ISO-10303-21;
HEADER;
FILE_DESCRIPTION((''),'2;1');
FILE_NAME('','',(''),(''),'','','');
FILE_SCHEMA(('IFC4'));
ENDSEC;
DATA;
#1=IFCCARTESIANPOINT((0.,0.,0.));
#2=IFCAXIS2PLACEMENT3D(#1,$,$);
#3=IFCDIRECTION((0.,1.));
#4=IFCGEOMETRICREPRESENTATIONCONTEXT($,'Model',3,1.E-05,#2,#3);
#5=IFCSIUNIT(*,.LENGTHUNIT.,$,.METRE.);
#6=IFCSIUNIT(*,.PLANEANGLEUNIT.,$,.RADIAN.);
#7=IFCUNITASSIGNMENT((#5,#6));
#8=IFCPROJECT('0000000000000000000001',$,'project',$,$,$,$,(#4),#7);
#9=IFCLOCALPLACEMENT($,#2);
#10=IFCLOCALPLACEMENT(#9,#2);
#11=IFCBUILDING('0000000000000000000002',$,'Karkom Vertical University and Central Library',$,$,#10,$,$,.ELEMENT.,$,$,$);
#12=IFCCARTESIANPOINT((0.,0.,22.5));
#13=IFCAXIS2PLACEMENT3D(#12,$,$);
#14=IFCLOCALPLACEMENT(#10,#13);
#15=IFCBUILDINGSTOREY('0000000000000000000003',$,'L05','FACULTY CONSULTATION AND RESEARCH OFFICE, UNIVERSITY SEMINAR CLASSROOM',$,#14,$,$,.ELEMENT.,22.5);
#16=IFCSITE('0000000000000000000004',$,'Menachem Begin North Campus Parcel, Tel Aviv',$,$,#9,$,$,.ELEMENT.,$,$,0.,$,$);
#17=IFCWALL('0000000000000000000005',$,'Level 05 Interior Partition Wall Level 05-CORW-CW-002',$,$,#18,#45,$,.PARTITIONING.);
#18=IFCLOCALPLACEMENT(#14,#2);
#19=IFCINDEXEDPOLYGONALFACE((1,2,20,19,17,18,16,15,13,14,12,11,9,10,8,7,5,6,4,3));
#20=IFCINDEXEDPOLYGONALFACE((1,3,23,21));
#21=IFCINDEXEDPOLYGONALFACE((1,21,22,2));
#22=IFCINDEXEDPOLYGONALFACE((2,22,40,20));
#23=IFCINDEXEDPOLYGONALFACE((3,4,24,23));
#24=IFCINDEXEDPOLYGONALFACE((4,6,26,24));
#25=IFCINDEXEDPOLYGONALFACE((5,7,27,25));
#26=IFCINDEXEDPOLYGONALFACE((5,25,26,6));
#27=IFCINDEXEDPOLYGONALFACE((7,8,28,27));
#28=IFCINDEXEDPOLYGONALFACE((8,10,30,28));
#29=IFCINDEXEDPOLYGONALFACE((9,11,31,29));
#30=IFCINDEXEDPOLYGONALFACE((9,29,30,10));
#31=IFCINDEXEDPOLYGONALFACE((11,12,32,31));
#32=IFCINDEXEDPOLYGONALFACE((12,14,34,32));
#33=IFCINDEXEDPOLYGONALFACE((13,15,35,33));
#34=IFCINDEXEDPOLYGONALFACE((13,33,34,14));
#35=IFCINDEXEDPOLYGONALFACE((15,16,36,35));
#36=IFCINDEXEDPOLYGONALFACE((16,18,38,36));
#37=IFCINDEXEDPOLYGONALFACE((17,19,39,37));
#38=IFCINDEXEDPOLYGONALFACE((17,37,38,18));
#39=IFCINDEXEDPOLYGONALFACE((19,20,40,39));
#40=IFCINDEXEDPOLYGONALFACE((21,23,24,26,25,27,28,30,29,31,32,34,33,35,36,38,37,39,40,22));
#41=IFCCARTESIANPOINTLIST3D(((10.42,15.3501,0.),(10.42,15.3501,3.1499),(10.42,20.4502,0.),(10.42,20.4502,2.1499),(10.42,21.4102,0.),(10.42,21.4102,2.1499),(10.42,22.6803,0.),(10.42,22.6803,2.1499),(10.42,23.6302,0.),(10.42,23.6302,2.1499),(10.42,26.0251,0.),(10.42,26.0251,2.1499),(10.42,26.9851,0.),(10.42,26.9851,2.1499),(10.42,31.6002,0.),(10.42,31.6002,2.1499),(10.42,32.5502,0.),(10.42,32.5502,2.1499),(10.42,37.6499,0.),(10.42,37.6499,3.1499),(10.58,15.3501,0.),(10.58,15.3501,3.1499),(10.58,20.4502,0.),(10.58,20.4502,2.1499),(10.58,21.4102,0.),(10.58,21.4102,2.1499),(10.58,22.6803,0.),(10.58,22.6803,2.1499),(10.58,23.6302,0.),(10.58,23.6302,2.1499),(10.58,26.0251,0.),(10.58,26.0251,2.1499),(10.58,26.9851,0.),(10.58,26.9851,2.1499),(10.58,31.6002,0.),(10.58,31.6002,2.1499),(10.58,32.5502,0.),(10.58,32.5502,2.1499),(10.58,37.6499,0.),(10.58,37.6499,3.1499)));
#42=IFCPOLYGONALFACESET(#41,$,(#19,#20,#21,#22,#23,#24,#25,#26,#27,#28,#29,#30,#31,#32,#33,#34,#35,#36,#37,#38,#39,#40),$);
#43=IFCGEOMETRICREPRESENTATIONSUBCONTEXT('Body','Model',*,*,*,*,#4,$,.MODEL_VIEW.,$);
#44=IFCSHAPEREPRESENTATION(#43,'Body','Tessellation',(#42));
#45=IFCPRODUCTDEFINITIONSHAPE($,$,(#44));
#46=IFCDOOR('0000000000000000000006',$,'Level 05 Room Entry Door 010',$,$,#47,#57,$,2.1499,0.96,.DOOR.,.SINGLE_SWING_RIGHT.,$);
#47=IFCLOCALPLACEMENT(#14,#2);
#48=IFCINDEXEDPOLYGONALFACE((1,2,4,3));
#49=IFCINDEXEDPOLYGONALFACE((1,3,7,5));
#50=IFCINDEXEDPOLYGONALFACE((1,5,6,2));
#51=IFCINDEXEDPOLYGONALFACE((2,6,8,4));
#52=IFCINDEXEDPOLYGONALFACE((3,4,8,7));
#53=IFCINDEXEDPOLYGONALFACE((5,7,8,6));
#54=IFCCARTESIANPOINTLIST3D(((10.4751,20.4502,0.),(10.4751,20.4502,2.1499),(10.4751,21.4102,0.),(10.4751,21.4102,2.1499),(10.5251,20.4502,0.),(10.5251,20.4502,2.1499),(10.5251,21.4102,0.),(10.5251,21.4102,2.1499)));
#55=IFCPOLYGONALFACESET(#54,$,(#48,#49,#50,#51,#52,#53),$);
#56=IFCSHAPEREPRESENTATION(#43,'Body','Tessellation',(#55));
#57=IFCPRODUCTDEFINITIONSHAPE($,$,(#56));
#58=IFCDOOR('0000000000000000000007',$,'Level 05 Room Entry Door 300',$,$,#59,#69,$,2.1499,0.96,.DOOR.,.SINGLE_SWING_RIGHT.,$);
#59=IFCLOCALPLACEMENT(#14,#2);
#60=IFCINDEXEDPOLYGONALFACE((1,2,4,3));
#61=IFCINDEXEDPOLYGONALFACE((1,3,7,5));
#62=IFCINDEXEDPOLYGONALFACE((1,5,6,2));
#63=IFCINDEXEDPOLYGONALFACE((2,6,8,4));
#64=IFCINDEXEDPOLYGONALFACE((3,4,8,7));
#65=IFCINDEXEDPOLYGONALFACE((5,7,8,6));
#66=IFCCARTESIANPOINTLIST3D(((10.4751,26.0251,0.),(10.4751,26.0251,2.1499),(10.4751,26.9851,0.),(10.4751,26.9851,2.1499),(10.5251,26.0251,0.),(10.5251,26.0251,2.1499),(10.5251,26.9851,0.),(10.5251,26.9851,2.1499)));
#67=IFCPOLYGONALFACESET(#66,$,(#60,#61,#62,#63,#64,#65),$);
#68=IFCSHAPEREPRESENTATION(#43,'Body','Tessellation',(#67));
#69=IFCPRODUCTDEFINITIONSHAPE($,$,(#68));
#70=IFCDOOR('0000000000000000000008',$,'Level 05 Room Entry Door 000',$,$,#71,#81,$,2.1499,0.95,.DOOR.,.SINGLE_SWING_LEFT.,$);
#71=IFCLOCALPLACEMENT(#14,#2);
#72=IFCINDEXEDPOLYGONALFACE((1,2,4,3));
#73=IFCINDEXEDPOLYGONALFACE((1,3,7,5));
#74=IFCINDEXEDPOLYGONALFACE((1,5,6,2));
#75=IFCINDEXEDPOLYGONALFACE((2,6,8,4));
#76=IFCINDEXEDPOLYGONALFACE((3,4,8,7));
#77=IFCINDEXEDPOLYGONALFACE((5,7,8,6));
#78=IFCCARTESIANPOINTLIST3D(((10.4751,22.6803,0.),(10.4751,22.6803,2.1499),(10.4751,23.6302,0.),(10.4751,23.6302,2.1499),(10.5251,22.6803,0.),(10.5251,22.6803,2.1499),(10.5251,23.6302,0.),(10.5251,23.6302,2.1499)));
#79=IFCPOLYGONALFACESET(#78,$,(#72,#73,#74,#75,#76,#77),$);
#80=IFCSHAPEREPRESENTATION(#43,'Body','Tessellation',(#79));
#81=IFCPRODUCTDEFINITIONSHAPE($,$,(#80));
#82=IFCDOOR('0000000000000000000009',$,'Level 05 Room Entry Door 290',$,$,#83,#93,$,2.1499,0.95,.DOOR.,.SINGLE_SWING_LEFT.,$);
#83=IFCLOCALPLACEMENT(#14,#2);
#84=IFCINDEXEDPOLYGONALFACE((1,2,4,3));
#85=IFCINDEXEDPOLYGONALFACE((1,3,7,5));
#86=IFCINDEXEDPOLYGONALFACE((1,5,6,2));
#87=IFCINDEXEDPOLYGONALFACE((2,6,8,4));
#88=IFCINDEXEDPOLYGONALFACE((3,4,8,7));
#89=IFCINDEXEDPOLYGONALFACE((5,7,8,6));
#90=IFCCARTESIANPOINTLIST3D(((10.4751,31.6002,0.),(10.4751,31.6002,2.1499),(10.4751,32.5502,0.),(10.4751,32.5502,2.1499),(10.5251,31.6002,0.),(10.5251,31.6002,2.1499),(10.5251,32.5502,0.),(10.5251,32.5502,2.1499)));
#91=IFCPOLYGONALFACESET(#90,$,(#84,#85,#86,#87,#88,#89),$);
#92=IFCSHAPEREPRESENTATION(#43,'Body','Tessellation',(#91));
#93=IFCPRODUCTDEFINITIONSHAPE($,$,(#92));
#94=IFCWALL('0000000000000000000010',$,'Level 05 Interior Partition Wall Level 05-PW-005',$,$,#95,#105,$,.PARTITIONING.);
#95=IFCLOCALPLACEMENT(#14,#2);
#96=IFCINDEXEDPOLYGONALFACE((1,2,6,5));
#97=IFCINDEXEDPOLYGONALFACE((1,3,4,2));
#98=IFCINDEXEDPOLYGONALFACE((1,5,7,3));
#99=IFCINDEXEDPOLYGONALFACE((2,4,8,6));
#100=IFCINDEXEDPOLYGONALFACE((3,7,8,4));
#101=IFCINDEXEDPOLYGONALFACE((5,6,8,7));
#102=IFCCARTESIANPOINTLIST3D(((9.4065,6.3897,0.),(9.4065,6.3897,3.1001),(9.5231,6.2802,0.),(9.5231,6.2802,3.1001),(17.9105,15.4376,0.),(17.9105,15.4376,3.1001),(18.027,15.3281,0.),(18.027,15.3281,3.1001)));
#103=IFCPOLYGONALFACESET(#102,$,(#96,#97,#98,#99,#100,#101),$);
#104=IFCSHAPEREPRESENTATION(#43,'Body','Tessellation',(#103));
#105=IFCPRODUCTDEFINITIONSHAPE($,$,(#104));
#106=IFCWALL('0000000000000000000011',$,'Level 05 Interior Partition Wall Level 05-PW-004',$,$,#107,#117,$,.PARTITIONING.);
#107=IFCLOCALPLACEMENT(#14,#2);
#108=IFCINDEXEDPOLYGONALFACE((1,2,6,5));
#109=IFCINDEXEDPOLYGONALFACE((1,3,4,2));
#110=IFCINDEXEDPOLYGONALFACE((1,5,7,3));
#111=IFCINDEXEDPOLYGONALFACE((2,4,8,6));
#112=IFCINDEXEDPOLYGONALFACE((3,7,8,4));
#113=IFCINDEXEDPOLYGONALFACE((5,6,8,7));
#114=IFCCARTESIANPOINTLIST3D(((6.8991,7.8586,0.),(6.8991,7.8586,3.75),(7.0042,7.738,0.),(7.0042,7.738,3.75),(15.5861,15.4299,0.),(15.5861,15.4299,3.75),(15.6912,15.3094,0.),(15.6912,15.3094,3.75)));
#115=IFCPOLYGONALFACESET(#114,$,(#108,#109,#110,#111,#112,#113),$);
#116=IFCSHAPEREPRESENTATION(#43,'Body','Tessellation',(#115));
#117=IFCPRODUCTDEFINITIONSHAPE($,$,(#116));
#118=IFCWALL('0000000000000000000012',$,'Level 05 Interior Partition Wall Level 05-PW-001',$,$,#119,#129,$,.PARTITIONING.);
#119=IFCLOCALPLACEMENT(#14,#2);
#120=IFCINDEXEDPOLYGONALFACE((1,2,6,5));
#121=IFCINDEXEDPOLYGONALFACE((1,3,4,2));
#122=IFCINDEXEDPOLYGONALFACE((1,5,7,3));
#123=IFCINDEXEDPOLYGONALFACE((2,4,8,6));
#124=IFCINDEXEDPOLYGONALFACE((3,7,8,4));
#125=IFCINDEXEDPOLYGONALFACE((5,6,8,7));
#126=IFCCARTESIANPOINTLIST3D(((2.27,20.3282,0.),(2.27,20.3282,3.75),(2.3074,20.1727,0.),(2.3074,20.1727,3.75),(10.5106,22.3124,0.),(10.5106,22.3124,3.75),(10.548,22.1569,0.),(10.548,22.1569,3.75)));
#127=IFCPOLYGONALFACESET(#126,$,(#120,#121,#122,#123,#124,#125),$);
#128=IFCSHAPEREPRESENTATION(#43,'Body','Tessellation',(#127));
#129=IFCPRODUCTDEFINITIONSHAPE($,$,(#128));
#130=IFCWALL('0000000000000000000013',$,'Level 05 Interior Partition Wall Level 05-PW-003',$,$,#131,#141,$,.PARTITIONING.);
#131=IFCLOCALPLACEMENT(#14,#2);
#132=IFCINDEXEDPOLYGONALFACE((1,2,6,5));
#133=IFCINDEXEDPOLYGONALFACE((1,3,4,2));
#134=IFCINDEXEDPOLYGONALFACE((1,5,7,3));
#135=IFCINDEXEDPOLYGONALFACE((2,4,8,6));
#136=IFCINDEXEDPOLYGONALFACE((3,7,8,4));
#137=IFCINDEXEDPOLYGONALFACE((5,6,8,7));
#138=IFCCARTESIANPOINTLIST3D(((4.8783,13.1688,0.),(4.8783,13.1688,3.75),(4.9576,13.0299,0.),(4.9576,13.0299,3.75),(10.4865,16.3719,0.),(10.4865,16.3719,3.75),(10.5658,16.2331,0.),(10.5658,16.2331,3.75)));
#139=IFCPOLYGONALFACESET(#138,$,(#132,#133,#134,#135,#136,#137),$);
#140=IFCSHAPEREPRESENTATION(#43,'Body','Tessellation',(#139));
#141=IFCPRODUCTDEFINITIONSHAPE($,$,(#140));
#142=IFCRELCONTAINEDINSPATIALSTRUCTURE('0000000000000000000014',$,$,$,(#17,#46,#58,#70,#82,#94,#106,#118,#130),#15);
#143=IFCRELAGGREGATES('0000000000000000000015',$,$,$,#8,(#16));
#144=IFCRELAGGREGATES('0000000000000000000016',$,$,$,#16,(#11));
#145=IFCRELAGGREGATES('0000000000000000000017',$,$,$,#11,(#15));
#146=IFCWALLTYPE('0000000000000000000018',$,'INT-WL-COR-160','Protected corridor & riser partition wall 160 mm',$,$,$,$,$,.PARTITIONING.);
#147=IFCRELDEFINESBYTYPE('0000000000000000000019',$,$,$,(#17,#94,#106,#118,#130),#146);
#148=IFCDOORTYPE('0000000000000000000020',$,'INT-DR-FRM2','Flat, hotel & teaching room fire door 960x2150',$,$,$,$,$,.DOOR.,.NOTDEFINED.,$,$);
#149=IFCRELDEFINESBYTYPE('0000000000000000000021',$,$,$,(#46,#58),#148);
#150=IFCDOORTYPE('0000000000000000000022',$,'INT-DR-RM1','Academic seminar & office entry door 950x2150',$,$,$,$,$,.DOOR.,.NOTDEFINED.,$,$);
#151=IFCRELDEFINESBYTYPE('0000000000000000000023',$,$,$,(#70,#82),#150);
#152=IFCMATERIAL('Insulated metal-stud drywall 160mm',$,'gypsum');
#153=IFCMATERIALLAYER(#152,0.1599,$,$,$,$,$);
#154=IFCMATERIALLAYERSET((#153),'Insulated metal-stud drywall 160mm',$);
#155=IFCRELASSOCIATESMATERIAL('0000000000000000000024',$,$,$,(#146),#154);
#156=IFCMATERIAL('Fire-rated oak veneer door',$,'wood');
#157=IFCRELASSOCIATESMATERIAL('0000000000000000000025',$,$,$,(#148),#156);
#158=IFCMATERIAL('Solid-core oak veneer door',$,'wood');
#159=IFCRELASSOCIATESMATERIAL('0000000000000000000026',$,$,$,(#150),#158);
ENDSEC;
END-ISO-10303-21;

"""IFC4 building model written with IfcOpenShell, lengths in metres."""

from ifc_helpers import new_model, si_unit, direction, frame, frame_2d, origin, origin_with_axes, place, context, subcontext, project, spatial, rectangle, extrude, source, transform, mapped, material, layer, layer_set, type_object, element, fill, save


model = new_model("IFC4")

# Units and contexts
model_context = context("Model", 3, precision=1e-05, world=origin(), true_north=direction((0.0, 1.0)))
body_context = subcontext(model_context, "Body", "Model", "MODEL_VIEW")
ifc_project = project(units=[si_unit("LENGTHUNIT", "METRE"), si_unit("PLANEANGLEUNIT", "RADIAN")], contexts=[model_context])

# Site, building, storey
site_placement = place(None, origin())
site = spatial("IfcSite", under=ifc_project, at=site_placement, Name="Menachem Begin North Campus Parcel, Tel Aviv", CompositionType="ELEMENT", RefElevation=0.0)
building_placement = place(site_placement, origin())
building = spatial("IfcBuilding", under=site, at=building_placement, Name="Karkom Vertical University and Central Library", CompositionType="ELEMENT")
storey_placement = place(building_placement, frame((0.0, 0.0, 22.5)))
storey = spatial("IfcBuildingStorey", under=building, at=storey_placement, Name="L05", Description="FACULTY CONSULTATION AND RESEARCH OFFICE, UNIVERSITY SEMINAR CLASSROOM", CompositionType="ELEMENT", Elevation=22.5)

# Wall, openings, doors
ifc_material_1 = material(Name="Insulated metal-stud drywall 160mm", Category="gypsum")
ifc_layer_1 = layer(ifc_material_1, 0.1599)
ifc_layer_set_1 = layer_set([ifc_layer_1], Name="Insulated metal-stud drywall 160mm")
wall_type_1 = type_object("IfcWallType", Name="INT-WL-COR-160", Description="Protected corridor & riser partition wall 160 mm", PredefinedType="PARTITIONING", material=ifc_layer_set_1)
wall_1_placement = place(storey_placement, frame((10.5, 15.3501, 0.0), z_axis=(0.0, 0.0, 1.0), x_axis=(0.0, 1.0, 0.0)))
wall_1 = element("IfcWall", 1, at=wall_1_placement, inside=storey, type_object=wall_type_1, Name="Level 05 Interior Partition Wall Level 05-CORW-CW-002", PredefinedType="PARTITIONING", context=body_context, shape_type="SweptSolid", body=[
    extrude(rectangle(XDim=22.2998, YDim=0.1599, at=frame_2d((11.1499, 0.0))), origin(), (0.0, 0.0, 1.0), 3.1499),
])
opening_1_placement = place(wall_1_placement, frame((7.3301, 0.0, 0.0)))
opening_1 = element("IfcOpeningElement", 2, at=opening_1_placement, cuts=wall_1, PredefinedType="OPENING", context=body_context, shape_type="SweptSolid", body=[
    extrude(rectangle(XDim=0.95, YDim=2.1499, at=frame_2d((0.4751, 1.075))), frame((0.0, 0.0898, 0.0), z_axis=(0.0, -1.0, 0.0), x_axis=(1.0, 0.0, 0.0)), (0.0, 0.0, 1.0), 0.1799),
])
opening_2_placement = place(wall_1_placement, frame((5.1001, 0.0, 0.0)))
opening_2 = element("IfcOpeningElement", 3, at=opening_2_placement, cuts=wall_1, PredefinedType="OPENING", context=body_context, shape_type="SweptSolid", body=[
    extrude(rectangle(XDim=0.96, YDim=2.1499, at=frame_2d((0.48, 1.075))), frame((0.0, 0.0898, 0.0), z_axis=(0.0, -1.0, 0.0), x_axis=(1.0, 0.0, 0.0)), (0.0, 0.0, 1.0), 0.1799),
])
opening_3_placement = place(wall_1_placement, frame((16.25, 0.0, 0.0)))
opening_3 = element("IfcOpeningElement", 4, at=opening_3_placement, cuts=wall_1, PredefinedType="OPENING", context=body_context, shape_type="SweptSolid", body=[
    extrude(rectangle(XDim=0.95, YDim=2.1499, at=frame_2d((0.4751, 1.075))), frame((0.0, 0.0898, 0.0), z_axis=(0.0, -1.0, 0.0), x_axis=(1.0, 0.0, 0.0)), (0.0, 0.0, 1.0), 0.1799),
])
opening_4_placement = place(wall_1_placement, frame((10.675, 0.0, 0.0)))
opening_4 = element("IfcOpeningElement", 5, at=opening_4_placement, cuts=wall_1, PredefinedType="OPENING", context=body_context, shape_type="SweptSolid", body=[
    extrude(rectangle(XDim=0.96, YDim=2.1499, at=frame_2d((0.48, 1.075))), frame((0.0, 0.0898, 0.0), z_axis=(0.0, -1.0, 0.0), x_axis=(1.0, 0.0, 0.0)), (0.0, 0.0, 1.0), 0.1799),
])
ifc_material_2 = material(Name="Fire-rated oak veneer door", Category="wood")
door_type_1 = type_object("IfcDoorType", Name="INT-DR-FRM2", Description="Flat, hotel & teaching room fire door 960x2150", OperationType="NOTDEFINED", PredefinedType="DOOR", material=ifc_material_2)
shared_shape_1 = source(origin_with_axes(), body_context, "Body", "SweptSolid", [
    extrude(rectangle(XDim=0.96, YDim=2.1499, at=frame_2d((0.48, 1.075))), frame((0.0, 0.0249, 0.0), z_axis=(0.0, -1.0, 0.0), x_axis=(1.0, 0.0, 0.0)), (0.0, 0.0, 1.0), 0.05),
])
door_1_placement = place(opening_2_placement, origin())
door_1 = element("IfcDoor", 6, at=door_1_placement, inside=storey, type_object=door_type_1, Name="Level 05 Room Entry Door 010", OperationType="SINGLE_SWING_RIGHT", OverallHeight=2.1499, OverallWidth=0.96, PredefinedType="DOOR", context=body_context, shape_type="MappedRepresentation", body=[
    mapped(shared_shape_1, transform((0.0, 0.0, 0.0), scale=1.0)),
])
fill(opening_2, door_1)
door_2_placement = place(opening_4_placement, origin())
door_2 = element("IfcDoor", 7, at=door_2_placement, inside=storey, type_object=door_type_1, Name="Level 05 Room Entry Door 300", OperationType="SINGLE_SWING_RIGHT", OverallHeight=2.1499, OverallWidth=0.96, PredefinedType="DOOR", context=body_context, shape_type="MappedRepresentation", body=[
    mapped(shared_shape_1, transform((0.0, 0.0, 0.0), scale=1.0)),
])
fill(opening_4, door_2)
ifc_material_3 = material(Name="Solid-core oak veneer door", Category="wood")
door_type_2 = type_object("IfcDoorType", Name="INT-DR-RM1", Description="Academic seminar & office entry door 950x2150", OperationType="NOTDEFINED", PredefinedType="DOOR", material=ifc_material_3)
shared_shape_2 = source(origin_with_axes(), body_context, "Body", "SweptSolid", [
    extrude(rectangle(XDim=0.95, YDim=2.1499, at=frame_2d((0.4751, 1.075))), frame((0.0, 0.0249, 0.0), z_axis=(0.0, -1.0, 0.0), x_axis=(1.0, 0.0, 0.0)), (0.0, 0.0, 1.0), 0.05),
])
door_3_placement = place(opening_1_placement, origin())
door_3 = element("IfcDoor", 8, at=door_3_placement, inside=storey, type_object=door_type_2, Name="Level 05 Room Entry Door 000", OperationType="SINGLE_SWING_LEFT", OverallHeight=2.1499, OverallWidth=0.95, PredefinedType="DOOR", context=body_context, shape_type="MappedRepresentation", body=[
    mapped(shared_shape_2, transform((0.0, 0.0, 0.0), scale=1.0)),
])
fill(opening_1, door_3)
door_4_placement = place(opening_3_placement, origin())
door_4 = element("IfcDoor", 9, at=door_4_placement, inside=storey, type_object=door_type_2, Name="Level 05 Room Entry Door 290", OperationType="SINGLE_SWING_LEFT", OverallHeight=2.1499, OverallWidth=0.95, PredefinedType="DOOR", context=body_context, shape_type="MappedRepresentation", body=[
    mapped(shared_shape_2, transform((0.0, 0.0, 0.0), scale=1.0)),
])
fill(opening_3, door_4)

# Walls
wall_2_placement = place(storey_placement, frame((17.9688, 15.3828, 0.0), z_axis=(0.0, 0.0, 1.0), x_axis=(-0.684864, -0.728671, 0.0)))
element("IfcWall", 10, at=wall_2_placement, inside=storey, type_object=wall_type_1, Name="Level 05 Interior Partition Wall Level 05-PW-005", PredefinedType="PARTITIONING", context=body_context, shape_type="SweptSolid", body=[
    extrude(rectangle(XDim=12.417, YDim=0.1599, at=frame_2d((6.2085, 0.0))), origin(), (0.0, 0.0, 1.0), 3.1001),
])
wall_3_placement = place(storey_placement, frame((15.6387, 15.3696, 0.0), z_axis=(0.0, 0.0, 1.0), x_axis=(-0.753859, -0.657036, 0.0)))
element("IfcWall", 11, at=wall_3_placement, inside=storey, type_object=wall_type_1, Name="Level 05 Interior Partition Wall Level 05-PW-004", PredefinedType="PARTITIONING", context=body_context, shape_type="SweptSolid", body=[
    extrude(rectangle(XDim=11.5234, YDim=0.1599, at=frame_2d((5.7617, 0.0))), origin(), (0.0, 0.0, 1.0), 3.75),
])
wall_4_placement = place(storey_placement, frame((10.5293, 22.2346, 0.0), z_axis=(0.0, 0.0, 1.0), x_axis=(-0.972215, -0.234089, 0.0)))
element("IfcWall", 12, at=wall_4_placement, inside=storey, type_object=wall_type_1, Name="Level 05 Interior Partition Wall Level 05-PW-001", PredefinedType="PARTITIONING", context=body_context, shape_type="SweptSolid", body=[
    extrude(rectangle(XDim=8.4761, YDim=0.1599, at=frame_2d((4.238, 0.0))), origin(), (0.0, 0.0, 1.0), 3.75),
])
wall_5_placement = place(storey_placement, frame((10.5261, 16.3025, 0.0), z_axis=(0.0, 0.0, 1.0), x_axis=(-0.868345, -0.49596, 0.0)))
element("IfcWall", 13, at=wall_5_placement, inside=storey, type_object=wall_type_1, Name="Level 05 Interior Partition Wall Level 05-PW-003", PredefinedType="PARTITIONING", context=body_context, shape_type="SweptSolid", body=[
    extrude(rectangle(XDim=6.4585, YDim=0.1599, at=frame_2d((3.2292, 0.0))), origin(), (0.0, 0.0, 1.0), 3.75),
])

save(model, "model.ifc")
